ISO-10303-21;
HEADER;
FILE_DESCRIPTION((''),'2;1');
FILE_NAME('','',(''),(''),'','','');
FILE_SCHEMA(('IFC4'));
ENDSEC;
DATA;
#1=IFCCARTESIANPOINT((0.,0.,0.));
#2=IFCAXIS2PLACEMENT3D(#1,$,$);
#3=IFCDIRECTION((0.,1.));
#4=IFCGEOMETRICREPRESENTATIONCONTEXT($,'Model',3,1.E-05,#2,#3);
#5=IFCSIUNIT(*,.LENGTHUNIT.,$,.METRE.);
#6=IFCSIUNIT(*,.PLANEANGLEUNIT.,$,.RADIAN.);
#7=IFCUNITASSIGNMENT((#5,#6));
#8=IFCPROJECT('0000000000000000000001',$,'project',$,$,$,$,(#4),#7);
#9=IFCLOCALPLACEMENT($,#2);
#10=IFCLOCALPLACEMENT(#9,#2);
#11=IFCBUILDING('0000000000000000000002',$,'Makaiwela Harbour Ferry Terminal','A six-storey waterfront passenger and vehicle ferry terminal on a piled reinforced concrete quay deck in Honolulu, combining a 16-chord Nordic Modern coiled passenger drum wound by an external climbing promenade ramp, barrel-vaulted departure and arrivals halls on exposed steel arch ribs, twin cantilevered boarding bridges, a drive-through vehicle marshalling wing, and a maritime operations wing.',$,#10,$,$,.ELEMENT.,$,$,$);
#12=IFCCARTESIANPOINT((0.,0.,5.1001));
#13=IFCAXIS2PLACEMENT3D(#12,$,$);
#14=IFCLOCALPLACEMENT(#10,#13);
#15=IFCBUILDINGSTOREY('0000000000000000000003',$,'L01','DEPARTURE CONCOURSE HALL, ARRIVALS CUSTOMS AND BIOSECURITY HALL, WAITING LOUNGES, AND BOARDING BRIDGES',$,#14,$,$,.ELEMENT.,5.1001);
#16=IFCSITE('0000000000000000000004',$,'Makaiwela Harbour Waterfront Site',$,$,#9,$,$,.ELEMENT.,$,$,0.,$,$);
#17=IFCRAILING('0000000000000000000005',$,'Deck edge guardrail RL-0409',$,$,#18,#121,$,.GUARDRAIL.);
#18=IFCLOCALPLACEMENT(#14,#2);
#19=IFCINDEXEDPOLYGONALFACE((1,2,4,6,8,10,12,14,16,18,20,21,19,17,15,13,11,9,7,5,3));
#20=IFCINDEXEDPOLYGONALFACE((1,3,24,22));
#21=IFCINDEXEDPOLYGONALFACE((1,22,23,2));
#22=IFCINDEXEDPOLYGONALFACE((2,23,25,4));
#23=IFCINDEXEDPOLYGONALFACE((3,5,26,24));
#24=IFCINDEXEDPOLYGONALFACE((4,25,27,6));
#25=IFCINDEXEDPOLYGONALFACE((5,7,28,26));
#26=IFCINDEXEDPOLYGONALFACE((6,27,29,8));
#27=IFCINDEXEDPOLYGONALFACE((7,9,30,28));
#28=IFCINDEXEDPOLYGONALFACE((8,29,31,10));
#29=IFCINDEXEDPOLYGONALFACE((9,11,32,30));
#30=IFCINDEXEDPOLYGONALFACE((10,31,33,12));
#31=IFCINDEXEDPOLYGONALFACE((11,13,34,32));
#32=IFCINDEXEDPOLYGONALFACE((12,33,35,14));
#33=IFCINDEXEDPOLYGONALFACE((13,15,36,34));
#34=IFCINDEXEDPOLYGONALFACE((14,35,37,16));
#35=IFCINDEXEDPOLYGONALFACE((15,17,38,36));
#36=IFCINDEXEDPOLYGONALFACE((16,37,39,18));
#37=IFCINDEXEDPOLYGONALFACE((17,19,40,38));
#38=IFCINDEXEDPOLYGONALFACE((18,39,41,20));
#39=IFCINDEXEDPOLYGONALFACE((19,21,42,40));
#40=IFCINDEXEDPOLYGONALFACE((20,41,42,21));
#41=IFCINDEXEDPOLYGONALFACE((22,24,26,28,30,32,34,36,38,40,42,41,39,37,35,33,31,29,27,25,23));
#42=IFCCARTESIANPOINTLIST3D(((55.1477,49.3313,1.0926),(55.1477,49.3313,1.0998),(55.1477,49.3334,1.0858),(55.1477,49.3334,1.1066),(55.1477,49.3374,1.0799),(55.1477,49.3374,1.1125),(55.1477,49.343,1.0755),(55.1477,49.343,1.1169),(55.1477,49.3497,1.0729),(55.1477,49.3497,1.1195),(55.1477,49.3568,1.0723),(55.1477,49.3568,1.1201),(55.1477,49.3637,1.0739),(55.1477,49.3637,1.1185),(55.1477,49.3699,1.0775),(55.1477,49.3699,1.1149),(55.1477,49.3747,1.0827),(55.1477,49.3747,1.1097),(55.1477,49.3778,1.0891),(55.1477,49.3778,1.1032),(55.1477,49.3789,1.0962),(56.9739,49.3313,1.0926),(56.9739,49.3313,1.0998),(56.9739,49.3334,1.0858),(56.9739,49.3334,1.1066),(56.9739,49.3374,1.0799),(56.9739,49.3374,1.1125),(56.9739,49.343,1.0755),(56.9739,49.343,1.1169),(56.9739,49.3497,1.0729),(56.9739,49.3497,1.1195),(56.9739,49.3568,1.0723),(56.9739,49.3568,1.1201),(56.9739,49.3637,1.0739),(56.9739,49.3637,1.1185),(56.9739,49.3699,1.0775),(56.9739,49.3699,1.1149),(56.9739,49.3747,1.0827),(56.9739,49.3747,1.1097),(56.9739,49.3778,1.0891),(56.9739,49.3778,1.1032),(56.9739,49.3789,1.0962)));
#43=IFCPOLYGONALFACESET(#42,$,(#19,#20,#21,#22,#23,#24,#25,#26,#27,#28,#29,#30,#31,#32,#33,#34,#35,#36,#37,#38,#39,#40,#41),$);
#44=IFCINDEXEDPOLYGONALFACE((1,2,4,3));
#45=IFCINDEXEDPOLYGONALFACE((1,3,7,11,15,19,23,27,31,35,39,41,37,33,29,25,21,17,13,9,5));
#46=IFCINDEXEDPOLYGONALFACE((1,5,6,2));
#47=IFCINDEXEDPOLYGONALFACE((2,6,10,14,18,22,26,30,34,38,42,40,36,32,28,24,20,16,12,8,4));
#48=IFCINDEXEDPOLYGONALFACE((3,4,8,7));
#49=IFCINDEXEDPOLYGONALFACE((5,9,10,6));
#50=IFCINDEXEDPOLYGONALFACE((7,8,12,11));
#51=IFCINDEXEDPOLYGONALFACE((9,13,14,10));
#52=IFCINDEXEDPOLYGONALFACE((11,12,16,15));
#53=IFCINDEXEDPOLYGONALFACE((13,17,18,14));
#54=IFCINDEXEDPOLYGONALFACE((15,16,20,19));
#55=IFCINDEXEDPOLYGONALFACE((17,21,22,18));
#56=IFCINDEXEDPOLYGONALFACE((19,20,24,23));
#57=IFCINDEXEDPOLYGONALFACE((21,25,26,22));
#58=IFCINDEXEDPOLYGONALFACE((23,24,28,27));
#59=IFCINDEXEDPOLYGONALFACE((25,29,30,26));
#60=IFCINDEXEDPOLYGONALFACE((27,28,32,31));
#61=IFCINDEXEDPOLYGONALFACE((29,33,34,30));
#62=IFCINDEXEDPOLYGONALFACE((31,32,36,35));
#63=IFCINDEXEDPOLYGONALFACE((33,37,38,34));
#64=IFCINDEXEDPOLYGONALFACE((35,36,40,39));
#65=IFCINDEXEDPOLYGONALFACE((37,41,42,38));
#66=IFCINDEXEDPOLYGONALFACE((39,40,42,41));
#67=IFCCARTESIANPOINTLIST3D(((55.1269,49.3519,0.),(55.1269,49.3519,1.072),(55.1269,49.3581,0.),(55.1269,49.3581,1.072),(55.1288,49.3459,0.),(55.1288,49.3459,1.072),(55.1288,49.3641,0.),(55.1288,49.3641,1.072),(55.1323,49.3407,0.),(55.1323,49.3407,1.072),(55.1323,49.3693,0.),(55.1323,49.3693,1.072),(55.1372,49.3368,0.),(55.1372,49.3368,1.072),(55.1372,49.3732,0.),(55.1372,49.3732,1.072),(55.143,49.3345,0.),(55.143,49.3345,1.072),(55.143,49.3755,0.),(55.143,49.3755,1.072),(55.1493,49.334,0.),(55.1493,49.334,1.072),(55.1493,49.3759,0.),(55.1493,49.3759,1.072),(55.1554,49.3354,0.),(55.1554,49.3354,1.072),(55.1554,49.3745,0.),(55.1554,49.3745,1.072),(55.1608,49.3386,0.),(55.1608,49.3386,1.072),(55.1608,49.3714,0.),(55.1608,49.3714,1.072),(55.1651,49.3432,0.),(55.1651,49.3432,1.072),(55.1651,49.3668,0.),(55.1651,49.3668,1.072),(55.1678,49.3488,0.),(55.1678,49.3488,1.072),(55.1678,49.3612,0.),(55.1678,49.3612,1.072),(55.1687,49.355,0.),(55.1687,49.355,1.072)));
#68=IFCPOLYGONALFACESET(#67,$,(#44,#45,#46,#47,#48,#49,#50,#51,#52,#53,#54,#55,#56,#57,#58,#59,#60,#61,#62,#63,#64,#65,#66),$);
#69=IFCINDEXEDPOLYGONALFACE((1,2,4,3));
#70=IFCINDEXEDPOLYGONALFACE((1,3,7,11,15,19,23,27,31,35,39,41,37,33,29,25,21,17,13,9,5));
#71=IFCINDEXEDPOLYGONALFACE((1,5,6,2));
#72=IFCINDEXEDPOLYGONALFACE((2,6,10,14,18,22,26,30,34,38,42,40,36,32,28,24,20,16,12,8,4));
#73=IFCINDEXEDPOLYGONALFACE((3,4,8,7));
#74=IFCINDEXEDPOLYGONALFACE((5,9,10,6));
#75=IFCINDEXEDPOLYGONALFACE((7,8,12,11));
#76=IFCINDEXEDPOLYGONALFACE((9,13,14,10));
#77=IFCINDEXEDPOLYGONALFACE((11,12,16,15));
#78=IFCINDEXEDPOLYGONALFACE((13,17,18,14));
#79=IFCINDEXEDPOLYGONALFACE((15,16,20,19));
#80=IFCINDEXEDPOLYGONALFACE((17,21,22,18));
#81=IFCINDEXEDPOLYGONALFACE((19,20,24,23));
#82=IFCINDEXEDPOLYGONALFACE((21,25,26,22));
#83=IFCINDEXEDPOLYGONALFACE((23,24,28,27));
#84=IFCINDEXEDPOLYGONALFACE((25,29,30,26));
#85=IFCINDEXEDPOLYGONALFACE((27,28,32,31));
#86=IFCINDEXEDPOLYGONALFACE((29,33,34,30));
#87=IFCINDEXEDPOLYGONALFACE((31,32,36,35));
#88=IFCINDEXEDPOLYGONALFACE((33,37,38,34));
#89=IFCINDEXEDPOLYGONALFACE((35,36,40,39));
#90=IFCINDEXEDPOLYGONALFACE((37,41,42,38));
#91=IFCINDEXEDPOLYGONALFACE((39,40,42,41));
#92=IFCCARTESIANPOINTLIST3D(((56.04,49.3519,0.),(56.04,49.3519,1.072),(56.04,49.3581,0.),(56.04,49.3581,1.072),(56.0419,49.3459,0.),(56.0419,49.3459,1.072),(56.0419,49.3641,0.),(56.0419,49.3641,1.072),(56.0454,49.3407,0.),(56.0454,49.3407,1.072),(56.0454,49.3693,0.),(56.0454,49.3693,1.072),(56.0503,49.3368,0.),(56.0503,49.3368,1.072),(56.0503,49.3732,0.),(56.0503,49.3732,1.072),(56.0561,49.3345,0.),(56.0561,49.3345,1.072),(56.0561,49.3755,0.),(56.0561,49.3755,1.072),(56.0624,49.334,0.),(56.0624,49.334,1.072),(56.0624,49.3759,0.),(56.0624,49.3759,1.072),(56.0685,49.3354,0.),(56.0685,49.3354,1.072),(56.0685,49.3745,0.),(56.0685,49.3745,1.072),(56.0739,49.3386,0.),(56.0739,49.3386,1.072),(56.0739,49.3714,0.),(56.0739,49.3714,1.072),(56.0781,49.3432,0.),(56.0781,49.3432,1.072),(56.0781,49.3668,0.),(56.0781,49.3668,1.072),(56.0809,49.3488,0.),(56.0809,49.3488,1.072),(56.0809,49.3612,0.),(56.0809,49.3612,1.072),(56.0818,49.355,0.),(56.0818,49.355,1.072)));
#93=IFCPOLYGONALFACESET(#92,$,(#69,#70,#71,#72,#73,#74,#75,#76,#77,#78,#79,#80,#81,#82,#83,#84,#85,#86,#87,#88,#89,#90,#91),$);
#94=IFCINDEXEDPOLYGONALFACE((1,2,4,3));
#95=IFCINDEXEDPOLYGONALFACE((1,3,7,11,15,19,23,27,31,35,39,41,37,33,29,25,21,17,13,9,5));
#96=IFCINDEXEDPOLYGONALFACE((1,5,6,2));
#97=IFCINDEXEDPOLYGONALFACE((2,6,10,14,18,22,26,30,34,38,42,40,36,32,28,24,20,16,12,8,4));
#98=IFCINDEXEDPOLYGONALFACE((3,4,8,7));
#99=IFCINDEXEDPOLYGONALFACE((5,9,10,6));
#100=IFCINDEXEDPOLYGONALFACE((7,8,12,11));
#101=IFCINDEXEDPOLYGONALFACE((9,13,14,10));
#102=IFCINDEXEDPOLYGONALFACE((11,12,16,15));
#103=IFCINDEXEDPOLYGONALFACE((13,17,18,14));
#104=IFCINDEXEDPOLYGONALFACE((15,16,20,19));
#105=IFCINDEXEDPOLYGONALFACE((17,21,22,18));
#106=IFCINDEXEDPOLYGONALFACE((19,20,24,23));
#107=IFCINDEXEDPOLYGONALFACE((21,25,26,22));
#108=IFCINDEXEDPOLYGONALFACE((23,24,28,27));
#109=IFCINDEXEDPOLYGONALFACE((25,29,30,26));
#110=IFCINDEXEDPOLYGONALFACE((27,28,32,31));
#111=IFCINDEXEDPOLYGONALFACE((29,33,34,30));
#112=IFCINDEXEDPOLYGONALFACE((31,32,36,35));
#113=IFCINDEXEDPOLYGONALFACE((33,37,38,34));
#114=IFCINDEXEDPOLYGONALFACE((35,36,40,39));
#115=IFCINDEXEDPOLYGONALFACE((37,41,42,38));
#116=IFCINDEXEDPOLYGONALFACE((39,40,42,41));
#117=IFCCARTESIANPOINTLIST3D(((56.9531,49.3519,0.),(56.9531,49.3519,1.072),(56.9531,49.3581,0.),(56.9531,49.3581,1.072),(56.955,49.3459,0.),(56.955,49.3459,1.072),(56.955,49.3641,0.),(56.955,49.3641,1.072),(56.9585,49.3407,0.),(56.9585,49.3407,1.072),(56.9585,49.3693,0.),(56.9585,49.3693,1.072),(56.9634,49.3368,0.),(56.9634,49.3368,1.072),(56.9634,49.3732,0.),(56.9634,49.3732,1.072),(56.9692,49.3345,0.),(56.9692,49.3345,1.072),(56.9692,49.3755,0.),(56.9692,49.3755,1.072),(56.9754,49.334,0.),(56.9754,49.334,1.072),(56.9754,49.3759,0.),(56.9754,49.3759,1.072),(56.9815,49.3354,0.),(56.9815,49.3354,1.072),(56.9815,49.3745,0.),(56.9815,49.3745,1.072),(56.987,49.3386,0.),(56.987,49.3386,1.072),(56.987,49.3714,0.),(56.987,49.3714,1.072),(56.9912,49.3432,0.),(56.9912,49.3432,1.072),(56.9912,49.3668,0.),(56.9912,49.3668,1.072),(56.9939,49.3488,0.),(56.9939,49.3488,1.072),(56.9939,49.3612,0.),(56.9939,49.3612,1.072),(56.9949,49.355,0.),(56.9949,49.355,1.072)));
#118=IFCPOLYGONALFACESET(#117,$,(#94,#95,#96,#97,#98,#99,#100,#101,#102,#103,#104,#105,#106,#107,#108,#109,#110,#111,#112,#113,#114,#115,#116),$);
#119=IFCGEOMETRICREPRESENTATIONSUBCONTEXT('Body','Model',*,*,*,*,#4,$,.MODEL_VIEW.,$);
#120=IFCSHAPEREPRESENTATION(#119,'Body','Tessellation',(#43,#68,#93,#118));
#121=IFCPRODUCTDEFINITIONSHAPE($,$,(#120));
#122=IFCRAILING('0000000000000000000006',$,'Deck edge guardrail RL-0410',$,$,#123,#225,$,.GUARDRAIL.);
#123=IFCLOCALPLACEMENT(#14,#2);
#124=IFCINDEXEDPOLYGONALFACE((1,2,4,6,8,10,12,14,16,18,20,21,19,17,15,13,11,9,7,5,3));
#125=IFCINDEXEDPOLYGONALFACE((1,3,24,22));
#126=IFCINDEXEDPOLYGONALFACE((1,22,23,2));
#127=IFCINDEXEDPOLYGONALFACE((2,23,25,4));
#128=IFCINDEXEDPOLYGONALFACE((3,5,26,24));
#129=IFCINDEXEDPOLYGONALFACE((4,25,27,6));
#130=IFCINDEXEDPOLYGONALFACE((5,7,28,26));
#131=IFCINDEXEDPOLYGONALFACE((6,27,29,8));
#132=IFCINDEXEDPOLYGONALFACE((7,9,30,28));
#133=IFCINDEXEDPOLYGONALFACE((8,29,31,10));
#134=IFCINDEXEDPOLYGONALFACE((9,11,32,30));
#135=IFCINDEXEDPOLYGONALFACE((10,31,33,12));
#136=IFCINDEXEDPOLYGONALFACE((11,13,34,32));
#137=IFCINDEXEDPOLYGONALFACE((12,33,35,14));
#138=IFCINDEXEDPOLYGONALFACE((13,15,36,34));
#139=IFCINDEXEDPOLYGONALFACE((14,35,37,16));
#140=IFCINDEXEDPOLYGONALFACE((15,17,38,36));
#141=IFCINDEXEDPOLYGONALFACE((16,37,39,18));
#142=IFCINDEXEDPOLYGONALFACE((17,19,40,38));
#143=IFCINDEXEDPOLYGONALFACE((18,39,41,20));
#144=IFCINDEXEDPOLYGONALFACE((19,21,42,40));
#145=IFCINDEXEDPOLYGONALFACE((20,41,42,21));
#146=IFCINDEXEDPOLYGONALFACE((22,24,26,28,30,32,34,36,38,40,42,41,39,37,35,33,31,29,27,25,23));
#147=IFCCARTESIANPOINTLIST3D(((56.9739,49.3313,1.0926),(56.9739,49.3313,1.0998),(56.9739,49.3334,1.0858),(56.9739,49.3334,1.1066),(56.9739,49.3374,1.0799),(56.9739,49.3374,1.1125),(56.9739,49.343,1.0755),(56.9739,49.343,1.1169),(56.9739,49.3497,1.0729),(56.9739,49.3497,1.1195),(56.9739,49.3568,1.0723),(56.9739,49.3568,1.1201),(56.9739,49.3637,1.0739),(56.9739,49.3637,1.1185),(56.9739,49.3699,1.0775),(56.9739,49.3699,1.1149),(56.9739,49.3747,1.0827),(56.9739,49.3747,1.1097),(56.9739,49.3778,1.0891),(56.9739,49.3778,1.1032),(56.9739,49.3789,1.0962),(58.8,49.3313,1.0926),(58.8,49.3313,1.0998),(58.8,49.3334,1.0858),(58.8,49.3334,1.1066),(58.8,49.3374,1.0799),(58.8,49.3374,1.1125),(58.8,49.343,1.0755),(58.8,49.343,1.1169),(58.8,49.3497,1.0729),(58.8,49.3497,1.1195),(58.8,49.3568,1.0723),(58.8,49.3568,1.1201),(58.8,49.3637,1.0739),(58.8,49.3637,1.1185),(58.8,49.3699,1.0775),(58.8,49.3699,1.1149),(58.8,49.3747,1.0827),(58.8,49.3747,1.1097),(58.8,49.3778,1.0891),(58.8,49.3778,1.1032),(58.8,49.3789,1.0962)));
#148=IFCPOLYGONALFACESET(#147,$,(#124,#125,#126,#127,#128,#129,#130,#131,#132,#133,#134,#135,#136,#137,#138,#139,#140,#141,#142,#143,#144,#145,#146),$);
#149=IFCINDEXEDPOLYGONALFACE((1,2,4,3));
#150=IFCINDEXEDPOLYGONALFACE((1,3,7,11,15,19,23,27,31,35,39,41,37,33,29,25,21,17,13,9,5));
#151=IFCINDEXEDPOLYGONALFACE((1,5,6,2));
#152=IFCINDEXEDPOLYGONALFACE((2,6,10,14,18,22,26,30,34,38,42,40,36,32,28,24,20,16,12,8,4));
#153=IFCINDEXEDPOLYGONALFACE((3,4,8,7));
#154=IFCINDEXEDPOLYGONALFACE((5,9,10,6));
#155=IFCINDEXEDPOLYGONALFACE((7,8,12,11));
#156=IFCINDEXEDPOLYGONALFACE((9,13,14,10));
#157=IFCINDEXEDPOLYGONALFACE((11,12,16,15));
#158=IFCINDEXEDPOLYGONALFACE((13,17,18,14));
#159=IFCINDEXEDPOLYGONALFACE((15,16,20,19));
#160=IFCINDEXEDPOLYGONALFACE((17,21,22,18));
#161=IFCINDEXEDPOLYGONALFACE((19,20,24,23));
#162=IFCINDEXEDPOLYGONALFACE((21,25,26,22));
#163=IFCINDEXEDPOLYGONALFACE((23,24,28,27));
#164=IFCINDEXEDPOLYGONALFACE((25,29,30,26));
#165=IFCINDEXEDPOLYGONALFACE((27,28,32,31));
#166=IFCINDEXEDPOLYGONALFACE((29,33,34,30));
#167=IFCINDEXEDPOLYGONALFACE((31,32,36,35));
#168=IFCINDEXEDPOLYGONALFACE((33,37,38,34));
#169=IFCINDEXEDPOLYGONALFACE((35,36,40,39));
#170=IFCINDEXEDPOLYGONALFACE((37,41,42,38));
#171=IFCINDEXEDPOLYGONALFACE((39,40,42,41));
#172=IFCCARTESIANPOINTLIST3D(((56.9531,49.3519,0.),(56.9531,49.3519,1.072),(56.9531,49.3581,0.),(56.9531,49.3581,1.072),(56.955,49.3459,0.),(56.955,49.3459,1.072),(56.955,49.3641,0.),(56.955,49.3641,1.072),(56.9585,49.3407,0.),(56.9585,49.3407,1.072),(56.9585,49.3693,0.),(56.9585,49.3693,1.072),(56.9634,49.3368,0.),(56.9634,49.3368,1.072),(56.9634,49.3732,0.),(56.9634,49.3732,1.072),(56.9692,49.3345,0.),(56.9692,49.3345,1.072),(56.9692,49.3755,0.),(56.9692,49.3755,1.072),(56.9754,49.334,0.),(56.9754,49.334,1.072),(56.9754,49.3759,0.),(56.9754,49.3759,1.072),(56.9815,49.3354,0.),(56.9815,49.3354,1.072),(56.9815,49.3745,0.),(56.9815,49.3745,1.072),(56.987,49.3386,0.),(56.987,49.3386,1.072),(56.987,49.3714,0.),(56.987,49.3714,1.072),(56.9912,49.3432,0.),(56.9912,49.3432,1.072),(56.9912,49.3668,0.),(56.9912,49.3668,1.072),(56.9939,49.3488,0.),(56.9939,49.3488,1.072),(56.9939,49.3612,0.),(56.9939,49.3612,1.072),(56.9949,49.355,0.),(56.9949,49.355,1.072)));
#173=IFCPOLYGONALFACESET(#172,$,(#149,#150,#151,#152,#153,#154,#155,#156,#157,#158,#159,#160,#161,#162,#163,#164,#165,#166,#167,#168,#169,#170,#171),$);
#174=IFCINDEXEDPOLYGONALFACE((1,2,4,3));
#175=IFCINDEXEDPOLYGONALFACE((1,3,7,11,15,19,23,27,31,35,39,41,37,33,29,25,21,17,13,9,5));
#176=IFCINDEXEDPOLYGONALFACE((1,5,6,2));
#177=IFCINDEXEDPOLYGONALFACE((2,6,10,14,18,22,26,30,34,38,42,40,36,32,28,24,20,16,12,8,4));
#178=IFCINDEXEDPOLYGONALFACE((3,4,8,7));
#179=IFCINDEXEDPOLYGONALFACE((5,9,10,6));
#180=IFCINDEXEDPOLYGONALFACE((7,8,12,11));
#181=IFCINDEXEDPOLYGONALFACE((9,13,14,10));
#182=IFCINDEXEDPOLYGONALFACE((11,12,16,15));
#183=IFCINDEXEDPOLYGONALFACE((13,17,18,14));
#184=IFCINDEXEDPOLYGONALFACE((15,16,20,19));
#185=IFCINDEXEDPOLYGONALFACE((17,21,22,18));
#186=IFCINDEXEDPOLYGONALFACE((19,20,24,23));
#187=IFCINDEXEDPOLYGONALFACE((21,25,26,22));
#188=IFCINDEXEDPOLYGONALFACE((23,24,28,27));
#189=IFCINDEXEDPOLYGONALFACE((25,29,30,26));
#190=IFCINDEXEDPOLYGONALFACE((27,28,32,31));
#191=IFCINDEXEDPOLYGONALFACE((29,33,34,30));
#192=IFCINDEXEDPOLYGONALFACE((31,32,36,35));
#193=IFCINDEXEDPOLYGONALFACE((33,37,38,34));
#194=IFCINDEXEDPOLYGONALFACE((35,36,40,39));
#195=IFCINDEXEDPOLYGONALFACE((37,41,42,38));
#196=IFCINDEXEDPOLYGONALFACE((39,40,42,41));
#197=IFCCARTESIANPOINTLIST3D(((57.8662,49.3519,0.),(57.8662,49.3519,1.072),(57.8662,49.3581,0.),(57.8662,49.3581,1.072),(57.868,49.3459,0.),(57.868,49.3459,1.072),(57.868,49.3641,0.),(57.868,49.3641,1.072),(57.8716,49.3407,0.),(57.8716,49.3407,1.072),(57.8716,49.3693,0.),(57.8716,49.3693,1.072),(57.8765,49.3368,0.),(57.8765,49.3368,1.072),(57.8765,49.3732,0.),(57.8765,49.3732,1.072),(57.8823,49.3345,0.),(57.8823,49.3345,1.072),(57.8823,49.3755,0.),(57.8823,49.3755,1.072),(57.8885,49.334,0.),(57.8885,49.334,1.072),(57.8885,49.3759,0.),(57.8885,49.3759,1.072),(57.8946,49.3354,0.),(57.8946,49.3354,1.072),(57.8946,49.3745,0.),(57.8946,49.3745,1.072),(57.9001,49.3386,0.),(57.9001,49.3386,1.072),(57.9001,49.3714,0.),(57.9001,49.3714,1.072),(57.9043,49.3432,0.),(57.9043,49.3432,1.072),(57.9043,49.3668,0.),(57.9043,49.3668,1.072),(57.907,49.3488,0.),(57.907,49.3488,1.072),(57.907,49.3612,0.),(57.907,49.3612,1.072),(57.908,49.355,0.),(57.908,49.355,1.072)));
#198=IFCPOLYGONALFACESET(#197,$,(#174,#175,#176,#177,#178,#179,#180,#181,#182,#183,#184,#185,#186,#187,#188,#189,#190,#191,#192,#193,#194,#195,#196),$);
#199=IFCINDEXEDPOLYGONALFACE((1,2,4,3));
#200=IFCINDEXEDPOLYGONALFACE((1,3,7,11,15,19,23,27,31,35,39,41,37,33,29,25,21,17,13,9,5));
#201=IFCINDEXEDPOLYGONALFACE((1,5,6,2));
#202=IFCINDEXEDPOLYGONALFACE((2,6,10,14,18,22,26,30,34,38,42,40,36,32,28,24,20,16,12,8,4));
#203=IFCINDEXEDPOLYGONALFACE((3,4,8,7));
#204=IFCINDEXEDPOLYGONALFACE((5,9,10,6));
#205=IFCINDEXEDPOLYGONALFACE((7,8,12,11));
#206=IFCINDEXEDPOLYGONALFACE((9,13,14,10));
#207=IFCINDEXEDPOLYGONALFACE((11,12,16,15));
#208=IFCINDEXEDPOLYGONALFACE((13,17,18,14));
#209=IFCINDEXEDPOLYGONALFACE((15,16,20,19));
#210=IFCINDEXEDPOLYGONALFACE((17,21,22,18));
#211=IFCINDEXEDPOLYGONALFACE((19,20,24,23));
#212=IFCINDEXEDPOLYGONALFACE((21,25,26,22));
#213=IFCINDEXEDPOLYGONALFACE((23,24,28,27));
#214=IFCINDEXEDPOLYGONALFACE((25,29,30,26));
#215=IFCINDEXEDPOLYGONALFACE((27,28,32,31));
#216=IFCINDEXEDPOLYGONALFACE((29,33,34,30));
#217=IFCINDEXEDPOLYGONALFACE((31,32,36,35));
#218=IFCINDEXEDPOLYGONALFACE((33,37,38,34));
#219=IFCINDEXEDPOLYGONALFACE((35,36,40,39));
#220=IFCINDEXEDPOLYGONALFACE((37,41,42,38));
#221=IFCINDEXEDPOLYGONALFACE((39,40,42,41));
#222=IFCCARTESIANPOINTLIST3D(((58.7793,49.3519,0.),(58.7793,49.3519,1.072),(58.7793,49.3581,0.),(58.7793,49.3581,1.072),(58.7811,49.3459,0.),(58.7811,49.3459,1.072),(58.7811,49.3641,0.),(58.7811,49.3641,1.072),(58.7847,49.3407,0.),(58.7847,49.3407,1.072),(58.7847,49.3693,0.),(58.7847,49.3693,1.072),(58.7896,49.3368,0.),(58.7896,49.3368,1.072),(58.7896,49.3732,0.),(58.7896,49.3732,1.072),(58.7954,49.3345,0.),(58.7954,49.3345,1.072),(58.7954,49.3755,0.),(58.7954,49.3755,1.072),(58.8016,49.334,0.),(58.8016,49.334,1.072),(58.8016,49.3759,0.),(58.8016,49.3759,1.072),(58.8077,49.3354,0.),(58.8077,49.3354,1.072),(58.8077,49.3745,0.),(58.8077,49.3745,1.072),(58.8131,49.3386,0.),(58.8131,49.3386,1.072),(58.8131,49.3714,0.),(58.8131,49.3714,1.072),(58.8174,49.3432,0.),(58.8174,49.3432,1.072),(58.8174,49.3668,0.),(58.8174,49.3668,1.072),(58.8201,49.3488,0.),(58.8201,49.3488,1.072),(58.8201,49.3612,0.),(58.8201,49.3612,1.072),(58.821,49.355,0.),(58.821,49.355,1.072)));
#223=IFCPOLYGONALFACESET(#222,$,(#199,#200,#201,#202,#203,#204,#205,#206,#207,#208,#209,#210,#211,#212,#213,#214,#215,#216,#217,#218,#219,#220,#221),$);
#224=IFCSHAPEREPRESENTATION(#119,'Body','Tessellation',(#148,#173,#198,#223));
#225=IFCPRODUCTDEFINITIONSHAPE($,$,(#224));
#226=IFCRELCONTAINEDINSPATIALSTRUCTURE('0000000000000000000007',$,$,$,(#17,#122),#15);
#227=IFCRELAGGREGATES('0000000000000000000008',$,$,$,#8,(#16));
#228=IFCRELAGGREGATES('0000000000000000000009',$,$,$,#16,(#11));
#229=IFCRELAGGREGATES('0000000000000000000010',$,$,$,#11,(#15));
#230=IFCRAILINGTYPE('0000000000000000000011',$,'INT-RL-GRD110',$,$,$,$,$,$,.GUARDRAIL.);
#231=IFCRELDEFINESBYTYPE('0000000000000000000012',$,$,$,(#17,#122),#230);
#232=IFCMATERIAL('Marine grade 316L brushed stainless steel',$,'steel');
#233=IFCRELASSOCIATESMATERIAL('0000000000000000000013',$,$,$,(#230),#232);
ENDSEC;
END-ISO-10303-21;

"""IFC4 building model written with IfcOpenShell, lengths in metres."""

from ifc_helpers import new_model, si_unit, direction, frame, origin, origin_2d, place, context, subcontext, project, spatial, circle, extrude, material, type_object, element, save


model = new_model("IFC4")

# Units and contexts
model_context = context("Model", 3, precision=1e-05, world=origin(), true_north=direction((0.0, 1.0)))
body_context = subcontext(model_context, "Body", "Model", "MODEL_VIEW")
ifc_project = project(units=[si_unit("LENGTHUNIT", "METRE"), si_unit("PLANEANGLEUNIT", "RADIAN")], contexts=[model_context])

# Site, building, storey
site_placement = place(None, origin())
site = spatial("IfcSite", under=ifc_project, at=site_placement, Name="Makaiwela Harbour Waterfront Site", CompositionType="ELEMENT", RefElevation=0.0)
building_placement = place(site_placement, origin())
building = spatial("IfcBuilding", under=site, at=building_placement, Name="Makaiwela Harbour Ferry Terminal", Description="A six-storey waterfront passenger and vehicle ferry terminal on a piled reinforced concrete quay deck in Honolulu, combining a 16-chord Nordic Modern coiled passenger drum wound by an external climbing promenade ramp, barrel-vaulted departure and arrivals halls on exposed steel arch ribs, twin cantilevered boarding bridges, a drive-through vehicle marshalling wing, and a maritime operations wing.", CompositionType="ELEMENT")
storey_placement = place(building_placement, frame((0.0, 0.0, 5.1001)))
storey = spatial("IfcBuildingStorey", under=building, at=storey_placement, Name="L01", Description="DEPARTURE CONCOURSE HALL, ARRIVALS CUSTOMS AND BIOSECURITY HALL, WAITING LOUNGES, AND BOARDING BRIDGES", CompositionType="ELEMENT", Elevation=5.1001)

# Railings
ifc_material_1 = material(Name="Marine grade 316L brushed stainless steel", Category="steel")
railing_type = type_object("IfcRailingType", Name="INT-RL-GRD110", PredefinedType="GUARDRAIL", material=ifc_material_1)
for number, where, name in (
    (1, (55.1477, 49.355, 0.0), "Deck edge guardrail RL-0409"),
    (2, (56.9739, 49.355, 0.0), "Deck edge guardrail RL-0410"),
):
    element("IfcRailing", number, at=place(storey_placement, frame(where)), inside=storey, type_object=railing_type, Name=name, PredefinedType="GUARDRAIL", context=body_context, shape_type="SweptSolid", body=[
        extrude(circle(Radius=0.0239, at=origin_2d()), frame((0.0, 0.0, 1.0962), z_axis=(1.0, 0.0, 0.0), x_axis=(0.0, 1.0, 0.0)), (0.0, 0.0, 1.0), 1.8262),
        extrude(circle(Radius=0.021, at=origin_2d()), origin(), (0.0, 0.0, 1.0), 1.072),
        extrude(circle(Radius=0.021, at=origin_2d()), frame((0.9131, 0.0, 0.0)), (0.0, 0.0, 1.0), 1.072),
        extrude(circle(Radius=0.021, at=origin_2d()), frame((1.8262, 0.0, 0.0)), (0.0, 0.0, 1.0), 1.072),
    ])

save(model, "model.ifc")
